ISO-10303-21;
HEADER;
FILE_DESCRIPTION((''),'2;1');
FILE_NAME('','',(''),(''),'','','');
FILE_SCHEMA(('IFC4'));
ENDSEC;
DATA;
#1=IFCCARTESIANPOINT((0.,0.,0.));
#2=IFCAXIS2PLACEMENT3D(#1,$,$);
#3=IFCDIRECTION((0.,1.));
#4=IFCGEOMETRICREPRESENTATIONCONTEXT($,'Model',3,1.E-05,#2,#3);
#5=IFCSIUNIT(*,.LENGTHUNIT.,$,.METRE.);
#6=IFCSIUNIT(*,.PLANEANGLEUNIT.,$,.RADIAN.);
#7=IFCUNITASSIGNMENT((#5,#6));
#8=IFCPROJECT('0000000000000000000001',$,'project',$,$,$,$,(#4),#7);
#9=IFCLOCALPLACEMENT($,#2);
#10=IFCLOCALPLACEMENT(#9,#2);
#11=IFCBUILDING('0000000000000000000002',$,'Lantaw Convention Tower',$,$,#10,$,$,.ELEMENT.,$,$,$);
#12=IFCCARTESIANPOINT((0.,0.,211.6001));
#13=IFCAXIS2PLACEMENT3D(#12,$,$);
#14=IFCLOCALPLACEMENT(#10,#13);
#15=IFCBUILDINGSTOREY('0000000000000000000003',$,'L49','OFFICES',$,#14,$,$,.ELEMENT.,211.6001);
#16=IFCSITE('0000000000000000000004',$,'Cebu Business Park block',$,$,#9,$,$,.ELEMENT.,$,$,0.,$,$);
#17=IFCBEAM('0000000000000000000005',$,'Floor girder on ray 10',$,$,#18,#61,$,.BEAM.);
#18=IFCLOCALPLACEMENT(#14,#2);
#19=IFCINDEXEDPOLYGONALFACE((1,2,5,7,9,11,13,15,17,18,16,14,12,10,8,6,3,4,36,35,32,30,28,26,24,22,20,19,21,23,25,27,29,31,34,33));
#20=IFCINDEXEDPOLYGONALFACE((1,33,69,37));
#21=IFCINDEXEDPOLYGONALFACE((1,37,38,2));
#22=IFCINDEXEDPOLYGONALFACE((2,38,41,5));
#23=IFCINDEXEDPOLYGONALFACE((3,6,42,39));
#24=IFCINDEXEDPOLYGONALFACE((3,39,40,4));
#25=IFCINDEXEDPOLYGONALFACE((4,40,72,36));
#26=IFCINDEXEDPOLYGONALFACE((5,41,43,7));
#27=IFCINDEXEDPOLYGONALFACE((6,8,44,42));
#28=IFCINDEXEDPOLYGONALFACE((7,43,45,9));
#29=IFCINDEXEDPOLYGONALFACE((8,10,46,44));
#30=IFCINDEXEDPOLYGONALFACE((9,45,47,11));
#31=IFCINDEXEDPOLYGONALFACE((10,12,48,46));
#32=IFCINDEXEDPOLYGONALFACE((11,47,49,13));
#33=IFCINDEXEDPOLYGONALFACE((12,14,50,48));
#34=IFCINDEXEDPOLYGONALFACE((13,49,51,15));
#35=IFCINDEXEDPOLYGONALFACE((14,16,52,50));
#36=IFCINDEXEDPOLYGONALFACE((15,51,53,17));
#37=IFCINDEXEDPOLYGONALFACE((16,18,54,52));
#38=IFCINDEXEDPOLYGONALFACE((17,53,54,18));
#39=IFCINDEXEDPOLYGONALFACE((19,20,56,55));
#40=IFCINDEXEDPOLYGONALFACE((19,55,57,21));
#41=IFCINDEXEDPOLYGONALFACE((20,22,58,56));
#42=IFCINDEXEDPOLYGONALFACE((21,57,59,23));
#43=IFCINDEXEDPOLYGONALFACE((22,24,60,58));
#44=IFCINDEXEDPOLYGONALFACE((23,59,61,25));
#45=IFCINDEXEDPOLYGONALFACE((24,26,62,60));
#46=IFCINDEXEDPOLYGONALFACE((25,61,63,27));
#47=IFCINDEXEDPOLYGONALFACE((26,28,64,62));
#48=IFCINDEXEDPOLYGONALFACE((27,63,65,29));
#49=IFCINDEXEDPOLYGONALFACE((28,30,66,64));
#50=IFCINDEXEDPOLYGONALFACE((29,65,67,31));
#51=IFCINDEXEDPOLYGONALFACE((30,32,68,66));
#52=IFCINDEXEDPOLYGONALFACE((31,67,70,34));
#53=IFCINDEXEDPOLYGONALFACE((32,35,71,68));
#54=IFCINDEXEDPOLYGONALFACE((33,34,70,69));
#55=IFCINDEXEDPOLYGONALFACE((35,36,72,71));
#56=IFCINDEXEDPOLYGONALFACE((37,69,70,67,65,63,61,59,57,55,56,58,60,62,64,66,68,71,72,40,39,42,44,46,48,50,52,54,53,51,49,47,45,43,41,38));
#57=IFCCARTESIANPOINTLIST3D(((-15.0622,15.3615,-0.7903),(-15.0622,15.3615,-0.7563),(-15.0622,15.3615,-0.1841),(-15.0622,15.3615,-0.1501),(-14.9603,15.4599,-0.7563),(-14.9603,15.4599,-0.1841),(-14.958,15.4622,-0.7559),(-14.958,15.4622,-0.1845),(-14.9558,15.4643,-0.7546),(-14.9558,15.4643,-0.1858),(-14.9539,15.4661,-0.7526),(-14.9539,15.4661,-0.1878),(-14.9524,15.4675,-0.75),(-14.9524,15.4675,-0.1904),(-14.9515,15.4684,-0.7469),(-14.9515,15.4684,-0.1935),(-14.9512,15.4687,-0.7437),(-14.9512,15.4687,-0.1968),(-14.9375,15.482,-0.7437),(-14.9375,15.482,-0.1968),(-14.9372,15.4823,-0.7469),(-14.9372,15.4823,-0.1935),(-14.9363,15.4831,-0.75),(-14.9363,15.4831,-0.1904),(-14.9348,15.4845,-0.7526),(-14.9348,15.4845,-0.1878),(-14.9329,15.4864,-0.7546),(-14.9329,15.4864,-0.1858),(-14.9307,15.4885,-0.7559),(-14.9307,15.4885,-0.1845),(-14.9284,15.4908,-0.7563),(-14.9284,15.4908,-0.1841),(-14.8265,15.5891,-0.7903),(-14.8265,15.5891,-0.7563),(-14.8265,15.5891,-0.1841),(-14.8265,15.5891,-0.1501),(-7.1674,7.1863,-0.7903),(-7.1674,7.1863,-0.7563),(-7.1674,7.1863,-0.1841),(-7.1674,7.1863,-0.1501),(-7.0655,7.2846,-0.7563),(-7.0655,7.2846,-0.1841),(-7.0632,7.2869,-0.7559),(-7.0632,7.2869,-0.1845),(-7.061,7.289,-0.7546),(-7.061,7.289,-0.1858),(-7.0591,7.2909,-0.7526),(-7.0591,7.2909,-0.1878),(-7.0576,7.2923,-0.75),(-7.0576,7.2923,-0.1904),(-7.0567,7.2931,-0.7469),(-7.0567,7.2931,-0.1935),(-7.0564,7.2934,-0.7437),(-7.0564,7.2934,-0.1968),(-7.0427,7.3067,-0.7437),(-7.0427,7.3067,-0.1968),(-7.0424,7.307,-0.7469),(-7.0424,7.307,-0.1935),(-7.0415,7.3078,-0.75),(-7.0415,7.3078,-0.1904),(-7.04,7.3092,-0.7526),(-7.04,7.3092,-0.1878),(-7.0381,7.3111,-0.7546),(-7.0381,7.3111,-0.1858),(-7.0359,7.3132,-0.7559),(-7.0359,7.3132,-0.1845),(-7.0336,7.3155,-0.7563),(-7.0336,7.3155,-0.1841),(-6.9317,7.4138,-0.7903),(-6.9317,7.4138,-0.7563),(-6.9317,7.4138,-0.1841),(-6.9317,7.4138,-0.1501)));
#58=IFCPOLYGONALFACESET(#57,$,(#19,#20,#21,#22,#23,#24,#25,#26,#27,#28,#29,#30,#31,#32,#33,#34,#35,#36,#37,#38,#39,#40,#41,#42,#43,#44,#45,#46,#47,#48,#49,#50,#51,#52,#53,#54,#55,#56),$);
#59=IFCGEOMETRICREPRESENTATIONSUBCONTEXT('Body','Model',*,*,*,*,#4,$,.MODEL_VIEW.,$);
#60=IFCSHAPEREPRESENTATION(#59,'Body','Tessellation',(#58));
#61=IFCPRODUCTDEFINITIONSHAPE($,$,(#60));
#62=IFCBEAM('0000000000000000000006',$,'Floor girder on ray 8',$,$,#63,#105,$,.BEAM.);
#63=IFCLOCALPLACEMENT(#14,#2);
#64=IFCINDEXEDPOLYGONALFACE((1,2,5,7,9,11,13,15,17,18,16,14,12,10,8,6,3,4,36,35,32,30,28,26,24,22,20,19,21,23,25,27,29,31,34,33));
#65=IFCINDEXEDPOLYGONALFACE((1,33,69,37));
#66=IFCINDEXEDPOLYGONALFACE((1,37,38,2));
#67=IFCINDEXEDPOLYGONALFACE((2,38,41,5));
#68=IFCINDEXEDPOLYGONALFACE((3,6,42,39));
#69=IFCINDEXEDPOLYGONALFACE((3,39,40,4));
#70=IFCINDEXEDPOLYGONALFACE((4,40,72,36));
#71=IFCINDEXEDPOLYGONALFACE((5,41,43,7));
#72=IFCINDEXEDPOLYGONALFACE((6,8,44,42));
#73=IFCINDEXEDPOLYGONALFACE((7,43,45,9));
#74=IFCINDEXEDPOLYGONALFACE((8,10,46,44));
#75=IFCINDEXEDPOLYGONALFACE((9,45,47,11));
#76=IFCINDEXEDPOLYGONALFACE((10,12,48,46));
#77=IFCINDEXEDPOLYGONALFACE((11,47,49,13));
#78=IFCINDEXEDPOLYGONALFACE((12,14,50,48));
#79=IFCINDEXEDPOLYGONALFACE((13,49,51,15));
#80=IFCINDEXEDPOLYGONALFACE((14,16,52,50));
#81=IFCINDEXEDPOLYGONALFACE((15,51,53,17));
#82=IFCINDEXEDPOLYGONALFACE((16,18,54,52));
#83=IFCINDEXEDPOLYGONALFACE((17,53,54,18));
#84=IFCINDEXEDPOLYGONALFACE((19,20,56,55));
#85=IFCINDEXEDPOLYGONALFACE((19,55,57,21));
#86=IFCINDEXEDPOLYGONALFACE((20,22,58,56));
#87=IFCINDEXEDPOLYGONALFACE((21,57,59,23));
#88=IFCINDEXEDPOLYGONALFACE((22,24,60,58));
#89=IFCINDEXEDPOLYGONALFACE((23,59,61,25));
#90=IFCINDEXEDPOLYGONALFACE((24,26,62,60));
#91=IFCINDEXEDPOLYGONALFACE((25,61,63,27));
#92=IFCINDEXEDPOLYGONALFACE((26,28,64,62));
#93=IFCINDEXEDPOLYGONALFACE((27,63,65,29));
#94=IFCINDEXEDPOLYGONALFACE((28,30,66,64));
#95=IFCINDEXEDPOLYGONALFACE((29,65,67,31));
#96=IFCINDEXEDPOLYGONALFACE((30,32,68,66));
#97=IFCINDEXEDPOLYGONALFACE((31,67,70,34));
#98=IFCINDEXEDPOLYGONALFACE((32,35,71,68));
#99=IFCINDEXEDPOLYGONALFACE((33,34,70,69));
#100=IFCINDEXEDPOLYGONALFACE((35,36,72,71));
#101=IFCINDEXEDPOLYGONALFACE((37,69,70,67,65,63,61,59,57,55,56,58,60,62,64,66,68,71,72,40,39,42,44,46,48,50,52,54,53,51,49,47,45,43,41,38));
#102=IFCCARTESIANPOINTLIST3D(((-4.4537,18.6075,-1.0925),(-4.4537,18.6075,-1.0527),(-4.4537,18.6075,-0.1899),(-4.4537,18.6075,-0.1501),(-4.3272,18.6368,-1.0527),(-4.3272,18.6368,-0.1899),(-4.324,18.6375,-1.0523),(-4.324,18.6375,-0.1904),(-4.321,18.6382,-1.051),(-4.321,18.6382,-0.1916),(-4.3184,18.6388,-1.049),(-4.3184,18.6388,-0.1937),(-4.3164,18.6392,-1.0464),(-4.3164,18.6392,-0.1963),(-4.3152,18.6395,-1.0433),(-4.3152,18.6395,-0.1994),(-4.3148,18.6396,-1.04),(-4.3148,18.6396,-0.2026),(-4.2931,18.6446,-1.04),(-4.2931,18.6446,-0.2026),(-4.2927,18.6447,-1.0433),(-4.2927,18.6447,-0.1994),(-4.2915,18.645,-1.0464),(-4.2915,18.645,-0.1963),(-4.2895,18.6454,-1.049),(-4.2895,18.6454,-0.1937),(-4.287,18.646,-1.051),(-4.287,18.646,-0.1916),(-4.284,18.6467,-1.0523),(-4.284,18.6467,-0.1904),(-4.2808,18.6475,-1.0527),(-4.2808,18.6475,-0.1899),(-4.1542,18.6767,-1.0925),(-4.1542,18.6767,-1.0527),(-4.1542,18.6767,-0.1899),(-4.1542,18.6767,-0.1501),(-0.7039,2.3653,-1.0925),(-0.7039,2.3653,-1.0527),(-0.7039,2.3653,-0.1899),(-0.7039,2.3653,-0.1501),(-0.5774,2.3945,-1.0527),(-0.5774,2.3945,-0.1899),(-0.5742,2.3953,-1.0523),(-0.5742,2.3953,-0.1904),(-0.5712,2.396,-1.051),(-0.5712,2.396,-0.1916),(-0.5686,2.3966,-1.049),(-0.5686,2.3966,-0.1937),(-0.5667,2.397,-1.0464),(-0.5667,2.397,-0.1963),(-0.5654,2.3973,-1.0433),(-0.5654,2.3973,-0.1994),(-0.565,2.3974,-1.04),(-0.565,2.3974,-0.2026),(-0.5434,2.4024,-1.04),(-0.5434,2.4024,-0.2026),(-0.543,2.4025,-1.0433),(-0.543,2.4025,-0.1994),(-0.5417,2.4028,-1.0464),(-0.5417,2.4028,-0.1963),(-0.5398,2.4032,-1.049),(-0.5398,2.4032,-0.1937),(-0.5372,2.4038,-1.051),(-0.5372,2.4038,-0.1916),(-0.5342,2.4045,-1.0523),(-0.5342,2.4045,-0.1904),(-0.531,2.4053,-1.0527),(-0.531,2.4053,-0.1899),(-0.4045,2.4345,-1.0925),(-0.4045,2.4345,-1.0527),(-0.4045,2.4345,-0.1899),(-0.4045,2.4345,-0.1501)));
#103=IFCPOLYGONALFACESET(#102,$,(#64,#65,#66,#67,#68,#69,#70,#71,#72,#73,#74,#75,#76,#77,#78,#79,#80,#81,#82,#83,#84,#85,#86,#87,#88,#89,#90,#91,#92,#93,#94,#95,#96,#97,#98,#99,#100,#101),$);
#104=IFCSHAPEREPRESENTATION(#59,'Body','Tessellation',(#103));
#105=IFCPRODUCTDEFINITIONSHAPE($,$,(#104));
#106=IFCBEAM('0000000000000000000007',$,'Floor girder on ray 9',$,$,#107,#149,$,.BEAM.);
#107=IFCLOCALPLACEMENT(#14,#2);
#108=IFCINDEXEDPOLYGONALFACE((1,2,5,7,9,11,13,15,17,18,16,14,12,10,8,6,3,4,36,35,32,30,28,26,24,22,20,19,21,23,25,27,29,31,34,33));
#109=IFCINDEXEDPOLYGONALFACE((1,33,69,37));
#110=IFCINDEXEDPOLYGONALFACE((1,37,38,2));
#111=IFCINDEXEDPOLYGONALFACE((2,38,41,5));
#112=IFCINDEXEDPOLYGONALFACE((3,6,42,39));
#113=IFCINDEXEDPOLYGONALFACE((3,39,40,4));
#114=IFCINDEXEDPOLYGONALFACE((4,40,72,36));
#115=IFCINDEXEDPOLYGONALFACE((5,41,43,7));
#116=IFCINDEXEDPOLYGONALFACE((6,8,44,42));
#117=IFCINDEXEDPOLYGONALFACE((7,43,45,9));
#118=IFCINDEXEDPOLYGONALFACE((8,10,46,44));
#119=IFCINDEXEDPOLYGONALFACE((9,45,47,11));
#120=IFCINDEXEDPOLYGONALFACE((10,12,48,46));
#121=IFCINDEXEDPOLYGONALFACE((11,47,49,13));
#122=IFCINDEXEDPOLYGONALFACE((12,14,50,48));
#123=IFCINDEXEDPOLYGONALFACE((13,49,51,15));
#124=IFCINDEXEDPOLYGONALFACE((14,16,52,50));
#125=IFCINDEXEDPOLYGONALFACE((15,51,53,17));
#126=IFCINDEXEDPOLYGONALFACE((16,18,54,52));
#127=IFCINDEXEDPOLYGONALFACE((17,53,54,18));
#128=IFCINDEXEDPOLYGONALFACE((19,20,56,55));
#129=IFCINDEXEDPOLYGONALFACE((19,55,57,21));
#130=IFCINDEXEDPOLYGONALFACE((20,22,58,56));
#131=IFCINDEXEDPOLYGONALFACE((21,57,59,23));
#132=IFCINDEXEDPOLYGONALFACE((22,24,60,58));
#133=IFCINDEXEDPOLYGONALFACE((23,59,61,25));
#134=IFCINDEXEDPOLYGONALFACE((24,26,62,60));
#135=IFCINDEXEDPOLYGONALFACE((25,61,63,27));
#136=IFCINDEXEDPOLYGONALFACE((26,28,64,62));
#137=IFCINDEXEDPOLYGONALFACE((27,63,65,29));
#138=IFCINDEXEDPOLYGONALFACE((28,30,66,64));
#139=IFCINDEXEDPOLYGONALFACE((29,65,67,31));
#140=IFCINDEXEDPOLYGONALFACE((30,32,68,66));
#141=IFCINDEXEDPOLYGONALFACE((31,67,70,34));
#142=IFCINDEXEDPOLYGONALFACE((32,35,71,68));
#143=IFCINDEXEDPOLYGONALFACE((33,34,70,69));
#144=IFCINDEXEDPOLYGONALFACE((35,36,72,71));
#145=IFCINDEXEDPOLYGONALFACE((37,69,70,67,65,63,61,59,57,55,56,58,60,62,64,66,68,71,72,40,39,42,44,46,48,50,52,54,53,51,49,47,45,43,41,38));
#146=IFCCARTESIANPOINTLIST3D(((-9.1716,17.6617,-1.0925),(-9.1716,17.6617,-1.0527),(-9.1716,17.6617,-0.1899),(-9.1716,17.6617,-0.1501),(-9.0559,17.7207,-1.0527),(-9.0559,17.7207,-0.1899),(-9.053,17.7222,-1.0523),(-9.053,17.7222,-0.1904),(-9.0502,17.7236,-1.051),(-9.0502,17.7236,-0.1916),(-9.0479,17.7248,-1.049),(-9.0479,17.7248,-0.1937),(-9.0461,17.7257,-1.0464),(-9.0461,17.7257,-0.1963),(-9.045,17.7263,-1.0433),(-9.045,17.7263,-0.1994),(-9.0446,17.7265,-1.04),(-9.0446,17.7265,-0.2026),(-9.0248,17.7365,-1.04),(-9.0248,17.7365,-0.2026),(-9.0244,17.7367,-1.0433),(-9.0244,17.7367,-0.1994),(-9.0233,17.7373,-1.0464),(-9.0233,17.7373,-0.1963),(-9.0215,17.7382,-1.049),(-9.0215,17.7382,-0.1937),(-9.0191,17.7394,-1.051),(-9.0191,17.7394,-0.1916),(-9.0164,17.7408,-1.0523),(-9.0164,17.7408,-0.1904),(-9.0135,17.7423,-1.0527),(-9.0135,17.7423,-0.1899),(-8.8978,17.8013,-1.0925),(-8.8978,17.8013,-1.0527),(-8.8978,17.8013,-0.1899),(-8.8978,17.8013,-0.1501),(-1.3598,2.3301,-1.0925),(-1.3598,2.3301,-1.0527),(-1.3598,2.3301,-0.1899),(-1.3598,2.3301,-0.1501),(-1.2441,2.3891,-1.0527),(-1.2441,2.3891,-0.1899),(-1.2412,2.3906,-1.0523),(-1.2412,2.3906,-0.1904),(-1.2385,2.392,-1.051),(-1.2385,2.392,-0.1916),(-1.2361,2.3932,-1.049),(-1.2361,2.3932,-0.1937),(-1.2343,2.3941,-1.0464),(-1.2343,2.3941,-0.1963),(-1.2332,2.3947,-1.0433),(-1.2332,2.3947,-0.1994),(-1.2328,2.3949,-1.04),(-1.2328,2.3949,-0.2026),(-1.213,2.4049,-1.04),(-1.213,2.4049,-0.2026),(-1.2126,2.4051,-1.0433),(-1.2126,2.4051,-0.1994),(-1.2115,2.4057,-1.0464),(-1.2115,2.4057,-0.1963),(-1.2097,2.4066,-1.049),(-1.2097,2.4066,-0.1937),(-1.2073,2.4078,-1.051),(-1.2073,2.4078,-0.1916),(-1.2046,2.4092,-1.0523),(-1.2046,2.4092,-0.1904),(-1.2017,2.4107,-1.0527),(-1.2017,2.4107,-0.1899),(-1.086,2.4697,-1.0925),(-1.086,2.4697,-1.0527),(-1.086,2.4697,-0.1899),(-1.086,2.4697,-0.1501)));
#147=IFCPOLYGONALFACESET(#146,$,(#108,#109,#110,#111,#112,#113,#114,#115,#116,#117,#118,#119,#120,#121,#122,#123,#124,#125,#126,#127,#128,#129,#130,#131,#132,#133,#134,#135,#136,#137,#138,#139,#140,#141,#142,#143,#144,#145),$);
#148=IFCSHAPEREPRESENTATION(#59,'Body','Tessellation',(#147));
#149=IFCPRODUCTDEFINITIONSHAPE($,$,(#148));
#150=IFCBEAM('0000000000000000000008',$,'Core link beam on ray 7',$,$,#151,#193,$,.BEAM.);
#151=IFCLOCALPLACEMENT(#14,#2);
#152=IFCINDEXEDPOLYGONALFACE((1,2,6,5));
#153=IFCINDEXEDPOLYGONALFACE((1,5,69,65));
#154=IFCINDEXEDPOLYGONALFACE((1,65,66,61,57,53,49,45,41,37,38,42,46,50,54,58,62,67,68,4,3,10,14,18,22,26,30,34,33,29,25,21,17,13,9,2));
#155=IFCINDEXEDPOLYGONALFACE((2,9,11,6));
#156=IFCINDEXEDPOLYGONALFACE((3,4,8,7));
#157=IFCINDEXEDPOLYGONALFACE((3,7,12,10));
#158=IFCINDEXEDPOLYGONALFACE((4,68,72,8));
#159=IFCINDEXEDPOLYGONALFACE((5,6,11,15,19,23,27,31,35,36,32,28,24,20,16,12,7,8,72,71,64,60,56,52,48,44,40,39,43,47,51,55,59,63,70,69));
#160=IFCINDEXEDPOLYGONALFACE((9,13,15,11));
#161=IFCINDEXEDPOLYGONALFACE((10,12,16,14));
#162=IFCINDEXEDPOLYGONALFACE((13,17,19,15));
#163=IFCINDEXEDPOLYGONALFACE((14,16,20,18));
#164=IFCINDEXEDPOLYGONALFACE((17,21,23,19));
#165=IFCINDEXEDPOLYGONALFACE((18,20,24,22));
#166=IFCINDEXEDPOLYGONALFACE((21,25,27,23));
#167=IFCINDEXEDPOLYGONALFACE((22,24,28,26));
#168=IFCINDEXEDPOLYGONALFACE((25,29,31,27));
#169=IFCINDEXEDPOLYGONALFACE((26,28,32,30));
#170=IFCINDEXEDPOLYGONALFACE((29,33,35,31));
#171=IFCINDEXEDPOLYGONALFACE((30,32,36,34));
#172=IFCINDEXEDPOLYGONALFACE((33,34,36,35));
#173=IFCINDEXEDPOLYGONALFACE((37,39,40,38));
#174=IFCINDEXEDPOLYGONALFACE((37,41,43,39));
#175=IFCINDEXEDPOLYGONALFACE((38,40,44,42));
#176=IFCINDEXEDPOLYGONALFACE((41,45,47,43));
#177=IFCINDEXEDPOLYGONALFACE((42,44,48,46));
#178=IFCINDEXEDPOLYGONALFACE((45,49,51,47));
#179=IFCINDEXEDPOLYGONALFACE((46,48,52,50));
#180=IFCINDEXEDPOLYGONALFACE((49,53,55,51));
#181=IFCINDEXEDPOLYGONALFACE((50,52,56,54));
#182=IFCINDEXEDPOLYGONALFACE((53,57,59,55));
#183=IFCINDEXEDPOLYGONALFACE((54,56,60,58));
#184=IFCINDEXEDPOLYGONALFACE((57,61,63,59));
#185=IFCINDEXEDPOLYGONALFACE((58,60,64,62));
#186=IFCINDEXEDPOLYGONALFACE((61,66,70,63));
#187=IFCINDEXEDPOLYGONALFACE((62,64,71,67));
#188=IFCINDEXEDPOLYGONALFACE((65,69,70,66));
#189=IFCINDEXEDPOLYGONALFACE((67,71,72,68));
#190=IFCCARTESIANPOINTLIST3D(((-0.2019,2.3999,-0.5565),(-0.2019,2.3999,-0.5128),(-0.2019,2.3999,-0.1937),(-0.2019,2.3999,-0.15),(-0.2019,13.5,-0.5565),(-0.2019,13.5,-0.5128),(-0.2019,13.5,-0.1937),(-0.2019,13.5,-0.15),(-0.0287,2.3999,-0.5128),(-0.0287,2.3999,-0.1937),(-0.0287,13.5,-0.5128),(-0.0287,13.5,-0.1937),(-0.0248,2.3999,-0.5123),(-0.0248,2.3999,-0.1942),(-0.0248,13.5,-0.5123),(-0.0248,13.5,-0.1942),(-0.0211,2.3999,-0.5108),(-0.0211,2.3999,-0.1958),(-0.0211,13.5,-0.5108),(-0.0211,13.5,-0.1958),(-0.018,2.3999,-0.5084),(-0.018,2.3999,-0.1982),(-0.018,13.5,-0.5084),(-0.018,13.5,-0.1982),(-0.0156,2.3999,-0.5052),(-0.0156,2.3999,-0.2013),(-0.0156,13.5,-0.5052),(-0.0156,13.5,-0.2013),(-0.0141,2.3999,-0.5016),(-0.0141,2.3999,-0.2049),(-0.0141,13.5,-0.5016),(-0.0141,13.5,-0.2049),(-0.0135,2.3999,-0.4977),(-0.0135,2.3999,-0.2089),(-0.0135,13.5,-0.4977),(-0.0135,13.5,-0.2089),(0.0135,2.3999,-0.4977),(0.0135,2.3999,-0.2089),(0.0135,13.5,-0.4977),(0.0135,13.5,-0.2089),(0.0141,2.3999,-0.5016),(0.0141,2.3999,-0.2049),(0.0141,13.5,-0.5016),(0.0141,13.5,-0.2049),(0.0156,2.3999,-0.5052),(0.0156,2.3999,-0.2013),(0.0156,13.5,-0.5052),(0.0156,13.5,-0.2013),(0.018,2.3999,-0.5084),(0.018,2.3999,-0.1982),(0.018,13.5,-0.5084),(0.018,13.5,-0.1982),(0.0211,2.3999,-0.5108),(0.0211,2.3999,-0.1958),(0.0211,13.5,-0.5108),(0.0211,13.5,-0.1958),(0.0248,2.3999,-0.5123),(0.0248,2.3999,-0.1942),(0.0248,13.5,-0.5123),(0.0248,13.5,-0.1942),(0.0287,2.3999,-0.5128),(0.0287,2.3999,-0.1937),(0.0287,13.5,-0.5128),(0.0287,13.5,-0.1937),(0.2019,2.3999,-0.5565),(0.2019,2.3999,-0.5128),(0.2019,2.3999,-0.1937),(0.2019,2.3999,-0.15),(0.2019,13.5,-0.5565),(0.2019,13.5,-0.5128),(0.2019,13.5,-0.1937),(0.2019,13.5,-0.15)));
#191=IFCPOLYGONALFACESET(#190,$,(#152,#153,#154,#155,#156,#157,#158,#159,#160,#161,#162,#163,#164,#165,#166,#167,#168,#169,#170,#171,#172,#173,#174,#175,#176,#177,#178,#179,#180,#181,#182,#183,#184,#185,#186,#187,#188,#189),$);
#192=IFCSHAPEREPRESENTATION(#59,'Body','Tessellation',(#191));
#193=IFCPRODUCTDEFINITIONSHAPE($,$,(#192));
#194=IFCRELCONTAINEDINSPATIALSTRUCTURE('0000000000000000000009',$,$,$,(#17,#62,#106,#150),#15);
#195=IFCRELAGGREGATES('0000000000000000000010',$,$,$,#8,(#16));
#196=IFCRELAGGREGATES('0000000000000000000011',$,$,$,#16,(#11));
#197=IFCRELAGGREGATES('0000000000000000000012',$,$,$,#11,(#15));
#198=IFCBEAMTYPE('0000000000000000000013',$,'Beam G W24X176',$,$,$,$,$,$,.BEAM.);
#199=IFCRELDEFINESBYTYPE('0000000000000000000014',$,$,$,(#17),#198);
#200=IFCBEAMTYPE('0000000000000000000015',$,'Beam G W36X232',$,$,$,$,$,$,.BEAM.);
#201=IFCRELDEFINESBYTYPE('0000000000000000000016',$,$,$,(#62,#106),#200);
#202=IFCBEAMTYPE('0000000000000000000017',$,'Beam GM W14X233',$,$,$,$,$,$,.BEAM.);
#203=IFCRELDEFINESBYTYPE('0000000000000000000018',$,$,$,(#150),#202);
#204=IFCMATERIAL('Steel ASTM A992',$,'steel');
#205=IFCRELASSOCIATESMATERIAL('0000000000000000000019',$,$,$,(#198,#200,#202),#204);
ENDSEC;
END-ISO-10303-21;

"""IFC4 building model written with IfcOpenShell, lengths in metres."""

from ifc_helpers import new_model, si_unit, direction, frame, origin, origin_2d, place, context, subcontext, project, spatial, i_section, extrude, material, material_profile, profile_set, type_object, element, save


model = new_model("IFC4")

# Units and contexts
model_context = context("Model", 3, precision=1e-05, world=origin(), true_north=direction((0.0, 1.0)))
body_context = subcontext(model_context, "Body", "Model", "MODEL_VIEW")
ifc_project = project(units=[si_unit("LENGTHUNIT", "METRE"), si_unit("PLANEANGLEUNIT", "RADIAN")], contexts=[model_context])

# Site, building, storey
site_placement = place(None, origin())
site = spatial("IfcSite", under=ifc_project, at=site_placement, Name="Cebu Business Park block", CompositionType="ELEMENT", RefElevation=0.0)
building_placement = place(site_placement, origin())
building = spatial("IfcBuilding", under=site, at=building_placement, Name="Lantaw Convention Tower", CompositionType="ELEMENT")
storey_placement = place(building_placement, frame((0.0, 0.0, 211.6001)))
storey = spatial("IfcBuildingStorey", under=building, at=storey_placement, Name="L49", Description="OFFICES", CompositionType="ELEMENT", Elevation=211.6001)

# Beams
ifc_material_1 = material(Name="Steel ASTM A992", Category="steel")
ifc_material_profile_1 = material_profile(ifc_material_1, i_section(OverallWidth=0.3276, OverallDepth=0.6401, WebThickness=0.019, FlangeThickness=0.0339, FilletRadius=0.0127, at=origin_2d()), Name="W24X176")
ifc_profile_set_1 = profile_set([ifc_material_profile_1], Name="Steel ASTM A992")
beam_type_1 = type_object("IfcBeamType", Name="Beam G W24X176", PredefinedType="BEAM", material=ifc_profile_set_1)
beam_1_placement = place(storey_placement, frame((-7.0496, 7.3, -0.4702), z_axis=(-0.694658, 0.71934, 0.0), x_axis=(-0.71934, -0.694658, 0.0)))
element("IfcBeam", 1, at=beam_1_placement, inside=storey, type_object=beam_type_1, Name="Floor girder on ray 10", PredefinedType="BEAM", context=body_context, shape_type="SweptSolid", body=[
    extrude(i_section(OverallWidth=0.3276, OverallDepth=0.6401, WebThickness=0.019, FlangeThickness=0.0339, FilletRadius=0.0127, at=origin_2d()), origin(), (0.0, 0.0, 1.0), 11.365),
])
ifc_material_profile_2 = material_profile(ifc_material_1, i_section(OverallWidth=0.3074, OverallDepth=0.9424, WebThickness=0.0222, FlangeThickness=0.0398, FilletRadius=0.0127, at=origin_2d()), Name="W36X232")
ifc_profile_set_2 = profile_set([ifc_material_profile_2], Name="Steel ASTM A992")
beam_type_2 = type_object("IfcBeamType", Name="Beam G W36X232", PredefinedType="BEAM", material=ifc_profile_set_2)
beam_2_placement = place(storey_placement, frame((-0.5542, 2.3999, -0.6213), z_axis=(-0.224948, 0.974371, 0.0), x_axis=(-0.974371, -0.224948, 0.0)))
element("IfcBeam", 2, at=beam_2_placement, inside=storey, type_object=beam_type_2, Name="Floor girder on ray 8", PredefinedType="BEAM", context=body_context, shape_type="SweptSolid", body=[
    extrude(i_section(OverallWidth=0.3074, OverallDepth=0.9424, WebThickness=0.0222, FlangeThickness=0.0398, FilletRadius=0.0127, at=origin_2d()), origin(), (0.0, 0.0, 1.0), 16.6694),
])
beam_3_placement = place(storey_placement, frame((-1.2229, 2.3999, -0.6213), z_axis=(-0.453988, 0.891008, 0.0), x_axis=(-0.891008, -0.453988, 0.0)))
element("IfcBeam", 3, at=beam_3_placement, inside=storey, type_object=beam_type_2, Name="Floor girder on ray 9", PredefinedType="BEAM", context=body_context, shape_type="SweptSolid", body=[
    extrude(i_section(OverallWidth=0.3074, OverallDepth=0.9424, WebThickness=0.0222, FlangeThickness=0.0398, FilletRadius=0.0127, at=origin_2d()), origin(), (0.0, 0.0, 1.0), 17.207),
])
ifc_material_profile_3 = material_profile(ifc_material_1, i_section(OverallWidth=0.4038, OverallDepth=0.4065, WebThickness=0.0271, FlangeThickness=0.0437, FilletRadius=0.0151, at=origin_2d()), Name="W14X233")
ifc_profile_set_3 = profile_set([ifc_material_profile_3], Name="Steel ASTM A992")
beam_type_3 = type_object("IfcBeamType", Name="Beam GM W14X233", PredefinedType="BEAM", material=ifc_profile_set_3)
beam_4_placement = place(storey_placement, frame((0.0, 2.3999, -0.3533), z_axis=(0.0, 1.0, 0.0), x_axis=(-1.0, 0.0, 0.0)))
element("IfcBeam", 4, at=beam_4_placement, inside=storey, type_object=beam_type_3, Name="Core link beam on ray 7", PredefinedType="BEAM", context=body_context, shape_type="SweptSolid", body=[
    extrude(i_section(OverallWidth=0.4038, OverallDepth=0.4065, WebThickness=0.0271, FlangeThickness=0.0437, FilletRadius=0.0151, at=origin_2d()), origin(), (0.0, 0.0, 1.0), 11.1001),
])

save(model, "model.ifc")
